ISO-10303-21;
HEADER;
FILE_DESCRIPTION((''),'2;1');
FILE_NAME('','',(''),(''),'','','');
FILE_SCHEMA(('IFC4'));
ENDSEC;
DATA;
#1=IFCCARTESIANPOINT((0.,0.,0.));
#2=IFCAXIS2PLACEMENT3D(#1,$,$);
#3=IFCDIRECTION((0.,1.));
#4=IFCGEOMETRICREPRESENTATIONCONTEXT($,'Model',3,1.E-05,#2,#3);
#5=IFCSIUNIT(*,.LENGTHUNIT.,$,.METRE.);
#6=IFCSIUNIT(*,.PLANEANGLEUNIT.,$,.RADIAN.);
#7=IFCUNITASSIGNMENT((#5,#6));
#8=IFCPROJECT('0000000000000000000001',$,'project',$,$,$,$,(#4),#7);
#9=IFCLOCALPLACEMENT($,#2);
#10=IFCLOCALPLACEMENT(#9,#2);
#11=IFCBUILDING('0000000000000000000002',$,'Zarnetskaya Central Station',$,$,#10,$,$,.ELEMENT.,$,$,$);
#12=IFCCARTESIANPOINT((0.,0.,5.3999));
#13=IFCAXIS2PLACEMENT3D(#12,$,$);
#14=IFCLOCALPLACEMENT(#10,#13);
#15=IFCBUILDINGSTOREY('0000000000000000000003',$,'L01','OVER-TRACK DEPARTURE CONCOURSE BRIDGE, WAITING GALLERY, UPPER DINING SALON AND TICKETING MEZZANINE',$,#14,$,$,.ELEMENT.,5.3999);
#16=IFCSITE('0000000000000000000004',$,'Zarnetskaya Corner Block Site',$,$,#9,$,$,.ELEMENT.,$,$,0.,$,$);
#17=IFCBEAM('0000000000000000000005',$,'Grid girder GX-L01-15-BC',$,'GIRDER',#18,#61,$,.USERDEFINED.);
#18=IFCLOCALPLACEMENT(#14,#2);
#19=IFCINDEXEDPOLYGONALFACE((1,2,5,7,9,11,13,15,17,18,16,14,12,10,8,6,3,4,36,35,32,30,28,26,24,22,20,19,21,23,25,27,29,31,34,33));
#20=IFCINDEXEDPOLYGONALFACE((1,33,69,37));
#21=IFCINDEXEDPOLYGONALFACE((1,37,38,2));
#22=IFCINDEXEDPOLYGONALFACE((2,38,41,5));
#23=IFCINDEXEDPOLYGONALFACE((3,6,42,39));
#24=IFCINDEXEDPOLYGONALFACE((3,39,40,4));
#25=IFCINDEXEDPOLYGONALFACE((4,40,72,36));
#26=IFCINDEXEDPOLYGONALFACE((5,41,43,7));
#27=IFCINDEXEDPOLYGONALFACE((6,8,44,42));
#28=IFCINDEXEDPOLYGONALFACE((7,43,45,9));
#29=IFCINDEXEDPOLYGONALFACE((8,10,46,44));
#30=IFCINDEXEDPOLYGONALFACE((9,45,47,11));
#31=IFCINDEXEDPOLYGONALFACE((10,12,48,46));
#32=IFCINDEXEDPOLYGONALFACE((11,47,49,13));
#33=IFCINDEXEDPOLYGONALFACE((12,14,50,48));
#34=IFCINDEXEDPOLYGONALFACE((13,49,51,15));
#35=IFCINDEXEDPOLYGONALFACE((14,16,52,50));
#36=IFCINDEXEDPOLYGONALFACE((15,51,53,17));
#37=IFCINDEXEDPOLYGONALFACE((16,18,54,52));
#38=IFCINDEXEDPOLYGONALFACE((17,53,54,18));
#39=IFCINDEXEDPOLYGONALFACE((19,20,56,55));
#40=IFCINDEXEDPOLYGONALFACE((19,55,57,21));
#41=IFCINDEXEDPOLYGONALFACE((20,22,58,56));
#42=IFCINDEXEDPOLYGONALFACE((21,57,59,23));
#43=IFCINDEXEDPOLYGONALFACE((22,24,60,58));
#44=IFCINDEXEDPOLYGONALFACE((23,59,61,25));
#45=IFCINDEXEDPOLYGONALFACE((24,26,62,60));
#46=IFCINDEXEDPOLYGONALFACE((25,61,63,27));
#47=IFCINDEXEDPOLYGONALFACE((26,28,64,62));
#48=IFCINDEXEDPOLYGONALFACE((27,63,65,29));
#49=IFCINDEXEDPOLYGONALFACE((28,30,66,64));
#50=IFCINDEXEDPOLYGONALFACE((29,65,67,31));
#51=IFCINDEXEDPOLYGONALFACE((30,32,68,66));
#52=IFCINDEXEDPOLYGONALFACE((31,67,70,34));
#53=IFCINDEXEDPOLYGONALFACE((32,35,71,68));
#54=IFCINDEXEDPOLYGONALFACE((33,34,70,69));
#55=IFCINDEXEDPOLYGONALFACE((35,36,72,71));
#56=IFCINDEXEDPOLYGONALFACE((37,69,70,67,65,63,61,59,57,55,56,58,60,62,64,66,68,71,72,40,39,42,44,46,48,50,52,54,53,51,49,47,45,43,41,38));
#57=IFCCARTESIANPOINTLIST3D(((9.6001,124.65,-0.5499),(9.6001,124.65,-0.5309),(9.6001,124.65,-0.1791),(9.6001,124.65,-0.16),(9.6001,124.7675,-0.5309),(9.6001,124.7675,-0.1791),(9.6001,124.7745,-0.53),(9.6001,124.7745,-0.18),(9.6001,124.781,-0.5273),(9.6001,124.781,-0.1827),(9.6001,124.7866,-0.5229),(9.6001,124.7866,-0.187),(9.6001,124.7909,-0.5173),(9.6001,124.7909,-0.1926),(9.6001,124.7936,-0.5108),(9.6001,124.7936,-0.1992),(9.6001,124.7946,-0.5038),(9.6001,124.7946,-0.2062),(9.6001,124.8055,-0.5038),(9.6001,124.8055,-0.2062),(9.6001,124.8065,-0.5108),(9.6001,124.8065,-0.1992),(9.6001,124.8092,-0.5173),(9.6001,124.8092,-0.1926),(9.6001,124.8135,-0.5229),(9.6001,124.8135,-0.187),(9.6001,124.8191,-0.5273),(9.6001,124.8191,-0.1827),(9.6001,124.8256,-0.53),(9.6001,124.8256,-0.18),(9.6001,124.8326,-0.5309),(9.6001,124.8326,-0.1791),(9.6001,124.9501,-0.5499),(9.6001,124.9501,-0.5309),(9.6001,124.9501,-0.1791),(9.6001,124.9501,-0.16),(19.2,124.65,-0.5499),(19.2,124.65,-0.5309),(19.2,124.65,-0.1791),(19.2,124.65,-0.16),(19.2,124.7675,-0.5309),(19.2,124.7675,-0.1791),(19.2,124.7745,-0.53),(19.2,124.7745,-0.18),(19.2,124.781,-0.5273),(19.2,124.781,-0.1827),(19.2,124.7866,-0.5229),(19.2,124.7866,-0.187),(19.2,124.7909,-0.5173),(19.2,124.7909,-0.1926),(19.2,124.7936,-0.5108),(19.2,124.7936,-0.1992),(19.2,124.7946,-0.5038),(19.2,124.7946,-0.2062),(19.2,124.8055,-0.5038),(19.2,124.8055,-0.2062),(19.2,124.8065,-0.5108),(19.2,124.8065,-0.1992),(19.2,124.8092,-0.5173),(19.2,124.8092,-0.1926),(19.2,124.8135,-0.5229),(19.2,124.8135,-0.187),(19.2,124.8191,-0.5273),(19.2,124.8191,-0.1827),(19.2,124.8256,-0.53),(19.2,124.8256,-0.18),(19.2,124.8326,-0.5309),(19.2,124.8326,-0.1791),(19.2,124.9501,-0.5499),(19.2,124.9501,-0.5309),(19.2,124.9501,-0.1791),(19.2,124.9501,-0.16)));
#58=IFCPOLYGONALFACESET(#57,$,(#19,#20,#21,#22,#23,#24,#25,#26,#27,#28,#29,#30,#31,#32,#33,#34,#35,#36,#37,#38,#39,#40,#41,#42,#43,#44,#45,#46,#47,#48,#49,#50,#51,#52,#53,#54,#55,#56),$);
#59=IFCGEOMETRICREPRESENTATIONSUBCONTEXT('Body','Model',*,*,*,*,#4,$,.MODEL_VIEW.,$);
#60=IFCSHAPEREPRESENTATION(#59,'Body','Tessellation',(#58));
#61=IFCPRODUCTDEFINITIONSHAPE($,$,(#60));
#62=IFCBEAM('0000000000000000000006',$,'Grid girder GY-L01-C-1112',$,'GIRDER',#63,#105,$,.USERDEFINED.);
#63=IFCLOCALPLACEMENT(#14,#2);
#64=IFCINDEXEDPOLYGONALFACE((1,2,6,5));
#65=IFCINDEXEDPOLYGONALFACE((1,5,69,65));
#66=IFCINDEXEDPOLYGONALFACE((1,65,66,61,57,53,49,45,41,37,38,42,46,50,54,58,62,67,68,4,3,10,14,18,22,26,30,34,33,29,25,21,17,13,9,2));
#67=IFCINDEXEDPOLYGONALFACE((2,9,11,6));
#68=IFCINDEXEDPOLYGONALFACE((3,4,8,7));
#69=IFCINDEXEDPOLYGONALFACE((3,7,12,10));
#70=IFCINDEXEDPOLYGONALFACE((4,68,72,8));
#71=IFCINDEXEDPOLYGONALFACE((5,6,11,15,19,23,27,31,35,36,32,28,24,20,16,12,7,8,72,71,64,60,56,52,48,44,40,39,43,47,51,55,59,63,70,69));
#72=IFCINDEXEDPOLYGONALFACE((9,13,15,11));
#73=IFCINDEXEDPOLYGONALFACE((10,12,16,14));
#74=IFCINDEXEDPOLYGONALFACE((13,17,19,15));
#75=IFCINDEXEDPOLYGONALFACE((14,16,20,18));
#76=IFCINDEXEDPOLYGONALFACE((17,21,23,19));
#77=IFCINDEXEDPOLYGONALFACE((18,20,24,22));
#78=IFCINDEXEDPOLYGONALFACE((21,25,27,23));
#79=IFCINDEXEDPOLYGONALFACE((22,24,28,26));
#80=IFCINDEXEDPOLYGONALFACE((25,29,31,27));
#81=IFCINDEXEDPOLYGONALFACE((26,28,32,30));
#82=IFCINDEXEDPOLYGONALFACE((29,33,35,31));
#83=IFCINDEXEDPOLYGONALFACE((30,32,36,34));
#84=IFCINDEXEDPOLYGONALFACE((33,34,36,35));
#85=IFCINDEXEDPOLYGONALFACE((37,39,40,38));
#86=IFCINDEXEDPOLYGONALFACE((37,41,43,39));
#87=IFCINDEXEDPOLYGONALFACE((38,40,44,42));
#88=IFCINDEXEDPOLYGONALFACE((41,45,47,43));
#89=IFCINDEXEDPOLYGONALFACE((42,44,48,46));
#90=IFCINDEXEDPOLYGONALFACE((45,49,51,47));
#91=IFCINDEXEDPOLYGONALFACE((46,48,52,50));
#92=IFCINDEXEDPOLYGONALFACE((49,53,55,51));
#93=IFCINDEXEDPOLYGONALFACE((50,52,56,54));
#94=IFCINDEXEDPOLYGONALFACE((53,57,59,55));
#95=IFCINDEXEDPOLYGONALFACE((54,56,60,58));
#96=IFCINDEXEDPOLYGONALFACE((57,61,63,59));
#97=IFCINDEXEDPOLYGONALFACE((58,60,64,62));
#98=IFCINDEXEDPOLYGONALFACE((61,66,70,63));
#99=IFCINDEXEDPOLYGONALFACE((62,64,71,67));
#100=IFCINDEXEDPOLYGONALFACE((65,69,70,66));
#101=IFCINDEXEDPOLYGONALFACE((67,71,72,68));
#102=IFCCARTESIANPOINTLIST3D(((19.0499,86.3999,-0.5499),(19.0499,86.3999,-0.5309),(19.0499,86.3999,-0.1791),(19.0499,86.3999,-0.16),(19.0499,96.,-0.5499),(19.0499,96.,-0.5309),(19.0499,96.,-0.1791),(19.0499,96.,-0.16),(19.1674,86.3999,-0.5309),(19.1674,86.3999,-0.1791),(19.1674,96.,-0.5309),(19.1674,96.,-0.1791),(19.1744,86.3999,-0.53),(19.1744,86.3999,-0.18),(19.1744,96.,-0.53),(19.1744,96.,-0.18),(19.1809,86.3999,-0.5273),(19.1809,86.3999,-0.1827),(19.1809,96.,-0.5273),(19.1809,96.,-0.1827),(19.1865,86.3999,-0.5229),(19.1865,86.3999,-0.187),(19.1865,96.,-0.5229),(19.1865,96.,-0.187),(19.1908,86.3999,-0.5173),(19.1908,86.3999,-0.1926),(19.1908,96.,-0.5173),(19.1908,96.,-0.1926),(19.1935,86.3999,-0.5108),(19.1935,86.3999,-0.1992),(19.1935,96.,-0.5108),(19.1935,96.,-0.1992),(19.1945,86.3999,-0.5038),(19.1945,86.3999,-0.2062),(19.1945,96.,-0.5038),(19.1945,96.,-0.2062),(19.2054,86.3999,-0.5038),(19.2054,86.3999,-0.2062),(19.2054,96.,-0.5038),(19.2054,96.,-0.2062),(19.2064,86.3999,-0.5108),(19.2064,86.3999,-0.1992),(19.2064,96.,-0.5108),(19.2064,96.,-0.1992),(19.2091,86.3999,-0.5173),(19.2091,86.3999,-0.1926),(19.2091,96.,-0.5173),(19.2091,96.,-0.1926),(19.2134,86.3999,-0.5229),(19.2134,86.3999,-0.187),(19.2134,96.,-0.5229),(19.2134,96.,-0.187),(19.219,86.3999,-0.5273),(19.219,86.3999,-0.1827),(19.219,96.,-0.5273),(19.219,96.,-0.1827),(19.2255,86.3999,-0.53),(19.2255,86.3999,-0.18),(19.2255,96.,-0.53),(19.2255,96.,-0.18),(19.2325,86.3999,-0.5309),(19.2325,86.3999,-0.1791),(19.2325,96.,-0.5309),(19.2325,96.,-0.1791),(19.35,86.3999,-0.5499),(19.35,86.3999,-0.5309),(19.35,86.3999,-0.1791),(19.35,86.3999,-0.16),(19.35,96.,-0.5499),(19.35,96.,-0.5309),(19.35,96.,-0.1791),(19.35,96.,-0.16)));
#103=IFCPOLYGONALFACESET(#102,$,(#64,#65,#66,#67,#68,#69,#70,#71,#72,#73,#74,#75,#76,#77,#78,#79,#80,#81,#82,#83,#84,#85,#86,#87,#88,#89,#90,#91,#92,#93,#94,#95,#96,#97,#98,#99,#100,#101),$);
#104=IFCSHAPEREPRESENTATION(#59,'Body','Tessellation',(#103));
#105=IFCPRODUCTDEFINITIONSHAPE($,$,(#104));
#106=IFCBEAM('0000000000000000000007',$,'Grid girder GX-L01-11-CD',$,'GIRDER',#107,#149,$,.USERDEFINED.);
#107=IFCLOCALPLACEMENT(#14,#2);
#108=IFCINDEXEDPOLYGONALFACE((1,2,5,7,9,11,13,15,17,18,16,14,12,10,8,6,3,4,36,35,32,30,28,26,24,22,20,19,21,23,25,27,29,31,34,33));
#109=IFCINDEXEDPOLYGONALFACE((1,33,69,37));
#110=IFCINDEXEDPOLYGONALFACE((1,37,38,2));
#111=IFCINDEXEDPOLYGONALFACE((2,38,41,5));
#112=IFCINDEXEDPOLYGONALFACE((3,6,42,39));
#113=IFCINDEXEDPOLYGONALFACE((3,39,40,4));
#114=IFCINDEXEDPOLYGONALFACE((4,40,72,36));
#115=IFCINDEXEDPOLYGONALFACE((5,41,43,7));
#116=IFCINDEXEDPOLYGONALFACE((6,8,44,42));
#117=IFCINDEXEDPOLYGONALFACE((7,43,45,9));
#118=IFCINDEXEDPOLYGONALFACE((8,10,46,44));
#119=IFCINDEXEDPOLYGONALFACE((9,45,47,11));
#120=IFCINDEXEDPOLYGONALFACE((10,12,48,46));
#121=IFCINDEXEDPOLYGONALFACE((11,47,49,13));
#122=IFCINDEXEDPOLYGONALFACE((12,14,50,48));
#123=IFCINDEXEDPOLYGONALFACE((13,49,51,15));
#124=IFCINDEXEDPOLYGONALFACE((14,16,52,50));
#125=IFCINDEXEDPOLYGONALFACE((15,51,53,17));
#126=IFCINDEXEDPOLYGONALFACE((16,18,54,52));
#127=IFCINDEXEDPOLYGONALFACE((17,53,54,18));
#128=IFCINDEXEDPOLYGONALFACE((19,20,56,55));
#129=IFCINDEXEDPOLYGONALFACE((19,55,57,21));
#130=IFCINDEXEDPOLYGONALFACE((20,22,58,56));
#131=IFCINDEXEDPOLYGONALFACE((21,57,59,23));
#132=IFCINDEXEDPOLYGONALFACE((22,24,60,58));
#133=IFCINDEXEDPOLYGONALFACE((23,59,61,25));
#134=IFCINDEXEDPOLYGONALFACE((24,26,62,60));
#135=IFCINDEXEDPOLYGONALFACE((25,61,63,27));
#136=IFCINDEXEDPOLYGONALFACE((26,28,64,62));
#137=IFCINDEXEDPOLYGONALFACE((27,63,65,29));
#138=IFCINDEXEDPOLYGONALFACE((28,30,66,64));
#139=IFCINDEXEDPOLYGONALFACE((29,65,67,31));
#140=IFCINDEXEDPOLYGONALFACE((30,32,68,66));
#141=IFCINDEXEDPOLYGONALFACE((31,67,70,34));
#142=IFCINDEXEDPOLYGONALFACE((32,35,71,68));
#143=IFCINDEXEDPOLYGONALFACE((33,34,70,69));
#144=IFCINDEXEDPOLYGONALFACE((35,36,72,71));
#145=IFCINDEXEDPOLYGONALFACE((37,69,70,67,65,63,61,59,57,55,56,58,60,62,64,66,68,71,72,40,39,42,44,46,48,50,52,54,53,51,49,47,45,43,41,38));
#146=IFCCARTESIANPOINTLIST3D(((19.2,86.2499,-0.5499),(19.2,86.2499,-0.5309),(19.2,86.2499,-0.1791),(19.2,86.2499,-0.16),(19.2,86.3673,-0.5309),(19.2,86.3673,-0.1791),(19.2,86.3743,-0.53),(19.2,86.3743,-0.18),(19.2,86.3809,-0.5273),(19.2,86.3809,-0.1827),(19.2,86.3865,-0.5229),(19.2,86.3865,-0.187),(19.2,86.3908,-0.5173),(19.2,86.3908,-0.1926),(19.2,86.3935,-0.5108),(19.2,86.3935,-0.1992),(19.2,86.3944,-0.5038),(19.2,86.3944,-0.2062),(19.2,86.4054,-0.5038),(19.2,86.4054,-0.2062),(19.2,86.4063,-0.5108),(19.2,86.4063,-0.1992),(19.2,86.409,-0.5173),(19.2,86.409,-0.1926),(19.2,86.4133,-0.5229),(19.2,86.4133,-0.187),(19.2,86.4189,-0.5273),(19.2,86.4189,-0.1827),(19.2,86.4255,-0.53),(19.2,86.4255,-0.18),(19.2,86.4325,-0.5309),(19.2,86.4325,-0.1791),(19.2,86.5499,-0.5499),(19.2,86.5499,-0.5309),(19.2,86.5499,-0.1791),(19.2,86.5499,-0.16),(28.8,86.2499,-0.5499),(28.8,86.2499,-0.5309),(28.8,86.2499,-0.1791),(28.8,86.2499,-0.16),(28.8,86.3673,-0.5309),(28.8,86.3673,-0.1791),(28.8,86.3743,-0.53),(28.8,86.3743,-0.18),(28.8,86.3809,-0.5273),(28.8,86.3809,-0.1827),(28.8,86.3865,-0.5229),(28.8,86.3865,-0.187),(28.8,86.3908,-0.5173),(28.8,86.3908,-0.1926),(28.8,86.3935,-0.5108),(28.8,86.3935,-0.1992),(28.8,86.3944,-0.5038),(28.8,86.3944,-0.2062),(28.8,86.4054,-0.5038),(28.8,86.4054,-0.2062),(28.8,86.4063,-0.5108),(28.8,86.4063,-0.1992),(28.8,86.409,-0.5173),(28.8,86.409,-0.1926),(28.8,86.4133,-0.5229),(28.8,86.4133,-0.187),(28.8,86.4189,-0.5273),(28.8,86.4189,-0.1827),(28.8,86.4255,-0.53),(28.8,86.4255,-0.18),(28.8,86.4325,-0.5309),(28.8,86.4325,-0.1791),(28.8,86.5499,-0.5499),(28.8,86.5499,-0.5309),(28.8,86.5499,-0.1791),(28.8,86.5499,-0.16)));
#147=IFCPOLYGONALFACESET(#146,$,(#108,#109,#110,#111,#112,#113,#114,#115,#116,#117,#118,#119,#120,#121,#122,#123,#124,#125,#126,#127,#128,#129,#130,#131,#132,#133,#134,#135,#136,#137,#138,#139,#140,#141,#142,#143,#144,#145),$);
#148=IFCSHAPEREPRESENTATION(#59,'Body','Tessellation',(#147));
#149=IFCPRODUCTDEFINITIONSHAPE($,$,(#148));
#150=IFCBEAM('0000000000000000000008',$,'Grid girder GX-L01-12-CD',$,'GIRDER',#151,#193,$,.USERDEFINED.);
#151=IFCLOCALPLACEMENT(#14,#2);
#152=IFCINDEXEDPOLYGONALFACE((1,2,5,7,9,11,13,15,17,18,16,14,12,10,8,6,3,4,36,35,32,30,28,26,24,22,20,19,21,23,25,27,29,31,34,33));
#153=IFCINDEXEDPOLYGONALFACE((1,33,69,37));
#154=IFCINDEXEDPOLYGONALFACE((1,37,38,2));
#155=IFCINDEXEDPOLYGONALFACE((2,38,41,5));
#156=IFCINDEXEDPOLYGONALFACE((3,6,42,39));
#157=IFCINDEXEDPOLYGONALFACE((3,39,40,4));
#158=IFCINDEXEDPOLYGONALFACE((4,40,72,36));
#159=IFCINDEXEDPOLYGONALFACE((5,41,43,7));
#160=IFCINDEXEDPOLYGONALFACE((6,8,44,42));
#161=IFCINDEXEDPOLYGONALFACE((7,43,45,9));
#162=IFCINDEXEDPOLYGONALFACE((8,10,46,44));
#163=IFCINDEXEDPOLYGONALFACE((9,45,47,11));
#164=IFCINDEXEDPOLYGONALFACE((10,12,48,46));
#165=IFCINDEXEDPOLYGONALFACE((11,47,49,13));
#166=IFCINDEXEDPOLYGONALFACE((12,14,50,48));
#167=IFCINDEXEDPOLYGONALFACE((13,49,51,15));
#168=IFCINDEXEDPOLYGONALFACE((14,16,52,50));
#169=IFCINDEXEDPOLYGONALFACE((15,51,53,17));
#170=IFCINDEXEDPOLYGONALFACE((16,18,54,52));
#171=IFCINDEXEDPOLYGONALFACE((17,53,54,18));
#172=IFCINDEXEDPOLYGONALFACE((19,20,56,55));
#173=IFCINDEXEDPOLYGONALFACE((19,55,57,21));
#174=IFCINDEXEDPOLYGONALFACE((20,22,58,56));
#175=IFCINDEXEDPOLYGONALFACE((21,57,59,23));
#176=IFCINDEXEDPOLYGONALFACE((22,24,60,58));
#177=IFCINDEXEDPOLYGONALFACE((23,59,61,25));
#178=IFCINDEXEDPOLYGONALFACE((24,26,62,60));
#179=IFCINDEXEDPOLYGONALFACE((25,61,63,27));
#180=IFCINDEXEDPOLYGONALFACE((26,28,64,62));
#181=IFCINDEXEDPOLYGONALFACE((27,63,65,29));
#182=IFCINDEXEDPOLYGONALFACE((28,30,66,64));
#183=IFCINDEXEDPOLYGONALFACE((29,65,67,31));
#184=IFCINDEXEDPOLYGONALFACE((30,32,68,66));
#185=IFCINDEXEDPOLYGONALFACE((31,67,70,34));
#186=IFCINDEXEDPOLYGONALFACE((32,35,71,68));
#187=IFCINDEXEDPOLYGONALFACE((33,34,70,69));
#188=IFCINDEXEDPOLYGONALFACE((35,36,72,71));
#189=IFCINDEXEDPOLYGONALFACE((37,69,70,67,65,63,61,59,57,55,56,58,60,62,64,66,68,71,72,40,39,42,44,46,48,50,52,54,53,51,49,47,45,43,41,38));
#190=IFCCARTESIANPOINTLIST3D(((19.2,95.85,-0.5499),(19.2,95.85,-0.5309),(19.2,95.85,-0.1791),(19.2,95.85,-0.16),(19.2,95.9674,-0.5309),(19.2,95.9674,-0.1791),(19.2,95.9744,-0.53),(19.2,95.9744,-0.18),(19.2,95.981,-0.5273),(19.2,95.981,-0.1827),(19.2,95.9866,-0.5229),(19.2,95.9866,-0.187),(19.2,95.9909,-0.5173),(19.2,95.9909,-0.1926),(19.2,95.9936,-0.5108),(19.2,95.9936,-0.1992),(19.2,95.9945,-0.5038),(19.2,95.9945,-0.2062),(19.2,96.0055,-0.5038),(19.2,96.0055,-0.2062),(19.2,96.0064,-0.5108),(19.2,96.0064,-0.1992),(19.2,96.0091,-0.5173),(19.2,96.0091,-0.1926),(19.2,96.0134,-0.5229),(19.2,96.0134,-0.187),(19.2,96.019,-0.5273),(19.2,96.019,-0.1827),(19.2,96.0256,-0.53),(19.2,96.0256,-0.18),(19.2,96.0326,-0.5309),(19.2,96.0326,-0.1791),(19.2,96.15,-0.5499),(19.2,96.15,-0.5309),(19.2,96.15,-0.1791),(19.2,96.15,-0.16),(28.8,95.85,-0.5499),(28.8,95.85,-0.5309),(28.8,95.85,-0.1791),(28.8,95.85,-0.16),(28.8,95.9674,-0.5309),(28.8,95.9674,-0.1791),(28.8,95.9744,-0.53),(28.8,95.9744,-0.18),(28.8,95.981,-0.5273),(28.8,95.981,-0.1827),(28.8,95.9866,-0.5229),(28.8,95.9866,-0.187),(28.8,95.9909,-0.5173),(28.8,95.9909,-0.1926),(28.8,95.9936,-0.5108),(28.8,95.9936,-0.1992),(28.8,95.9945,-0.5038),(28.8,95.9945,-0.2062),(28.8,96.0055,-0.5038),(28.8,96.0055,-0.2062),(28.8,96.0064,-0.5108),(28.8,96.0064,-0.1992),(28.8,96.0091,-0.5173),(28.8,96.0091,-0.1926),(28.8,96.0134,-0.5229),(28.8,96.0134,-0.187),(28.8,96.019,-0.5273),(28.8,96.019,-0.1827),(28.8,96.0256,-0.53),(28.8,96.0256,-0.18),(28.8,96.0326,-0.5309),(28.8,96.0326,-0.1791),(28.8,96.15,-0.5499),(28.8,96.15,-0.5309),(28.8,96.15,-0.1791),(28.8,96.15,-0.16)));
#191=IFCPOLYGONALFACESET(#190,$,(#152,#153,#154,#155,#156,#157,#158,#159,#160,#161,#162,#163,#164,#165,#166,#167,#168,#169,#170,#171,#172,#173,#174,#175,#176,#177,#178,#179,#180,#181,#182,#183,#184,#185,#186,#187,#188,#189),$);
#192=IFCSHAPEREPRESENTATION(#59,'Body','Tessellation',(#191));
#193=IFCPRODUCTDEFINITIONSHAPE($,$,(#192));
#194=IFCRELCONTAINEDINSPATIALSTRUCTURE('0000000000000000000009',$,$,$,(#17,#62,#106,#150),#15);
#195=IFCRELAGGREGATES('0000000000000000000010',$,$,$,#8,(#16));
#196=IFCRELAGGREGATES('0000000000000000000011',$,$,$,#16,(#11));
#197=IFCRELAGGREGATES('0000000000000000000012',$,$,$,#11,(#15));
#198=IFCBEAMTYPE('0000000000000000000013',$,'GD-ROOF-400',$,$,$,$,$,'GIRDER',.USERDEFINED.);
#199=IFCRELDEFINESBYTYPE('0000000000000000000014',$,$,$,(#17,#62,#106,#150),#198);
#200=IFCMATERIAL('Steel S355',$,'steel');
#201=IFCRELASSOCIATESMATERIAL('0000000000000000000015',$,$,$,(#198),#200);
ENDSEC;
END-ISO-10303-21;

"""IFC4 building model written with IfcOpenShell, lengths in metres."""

from ifc_helpers import new_model, si_unit, direction, frame, origin, origin_2d, place, context, subcontext, project, spatial, i_section, extrude, material, material_profile, profile_set, type_object, element, save


model = new_model("IFC4")

# Units and contexts
model_context = context("Model", 3, precision=1e-05, world=origin(), true_north=direction((0.0, 1.0)))
body_context = subcontext(model_context, "Body", "Model", "MODEL_VIEW")
ifc_project = project(units=[si_unit("LENGTHUNIT", "METRE"), si_unit("PLANEANGLEUNIT", "RADIAN")], contexts=[model_context])

# Site, building, storey
site_placement = place(None, origin())
site = spatial("IfcSite", under=ifc_project, at=site_placement, Name="Zarnetskaya Corner Block Site", CompositionType="ELEMENT", RefElevation=0.0)
building_placement = place(site_placement, origin())
building = spatial("IfcBuilding", under=site, at=building_placement, Name="Zarnetskaya Central Station", CompositionType="ELEMENT")
storey_placement = place(building_placement, frame((0.0, 0.0, 5.3999)))
storey = spatial("IfcBuildingStorey", under=building, at=storey_placement, Name="L01", Description="OVER-TRACK DEPARTURE CONCOURSE BRIDGE, WAITING GALLERY, UPPER DINING SALON AND TICKETING MEZZANINE", CompositionType="ELEMENT", Elevation=5.3999)

# Beams
ifc_material = material(Name="Steel S355", Category="steel")
ifc_material_profile_1 = material_profile(ifc_material, i_section(OverallWidth=0.3, OverallDepth=0.3899, WebThickness=0.011, FlangeThickness=0.019, FilletRadius=0.0271, at=origin_2d()), Name="HEA 400")
ifc_profile_set_1 = profile_set([ifc_material_profile_1], Name="Steel S355")
beam_type_1 = type_object("IfcBeamType", Name="GD-ROOF-400", ElementType="GIRDER", PredefinedType="USERDEFINED", material=ifc_profile_set_1)
for number, where, z_axis, x_axis, name in (
    (1, (9.6001, 124.8, -0.355), (1.0, 0.0, 0.0), (0.0, 1.0, 0.0), "Grid girder GX-L01-15-BC"),
):
    element("IfcBeam", number, at=place(storey_placement, frame(where, z_axis=z_axis, x_axis=x_axis)), inside=storey, type_object=beam_type_1, Name=name, ObjectType="GIRDER", PredefinedType="USERDEFINED", context=body_context, shape_type="SweptSolid", body=[
        extrude(i_section(OverallWidth=0.3, OverallDepth=0.3899, WebThickness=0.011, FlangeThickness=0.019, FilletRadius=0.0271, at=origin_2d()), origin(), (0.0, 0.0, 1.0), 9.5999),
    ])
for number, where, z_axis, x_axis, name in (
    (2, (19.2, 86.3999, -0.355), (0.0, 1.0, 0.0), (-1.0, 0.0, 0.0), "Grid girder GY-L01-C-1112"),
    (3, (19.2, 86.3999, -0.355), (1.0, 0.0, 0.0), (0.0, 1.0, 0.0), "Grid girder GX-L01-11-CD"),
    (4, (19.2, 96.0, -0.355), (1.0, 0.0, 0.0), (0.0, 1.0, 0.0), "Grid girder GX-L01-12-CD"),
):
    element("IfcBeam", number, at=place(storey_placement, frame(where, z_axis=z_axis, x_axis=x_axis)), inside=storey, type_object=beam_type_1, Name=name, ObjectType="GIRDER", PredefinedType="USERDEFINED", context=body_context, shape_type="SweptSolid", body=[
        extrude(i_section(OverallWidth=0.3, OverallDepth=0.3899, WebThickness=0.011, FlangeThickness=0.019, FilletRadius=0.0271, at=origin_2d()), origin(), (0.0, 0.0, 1.0), 9.6001),
    ])

save(model, "model.ifc")
